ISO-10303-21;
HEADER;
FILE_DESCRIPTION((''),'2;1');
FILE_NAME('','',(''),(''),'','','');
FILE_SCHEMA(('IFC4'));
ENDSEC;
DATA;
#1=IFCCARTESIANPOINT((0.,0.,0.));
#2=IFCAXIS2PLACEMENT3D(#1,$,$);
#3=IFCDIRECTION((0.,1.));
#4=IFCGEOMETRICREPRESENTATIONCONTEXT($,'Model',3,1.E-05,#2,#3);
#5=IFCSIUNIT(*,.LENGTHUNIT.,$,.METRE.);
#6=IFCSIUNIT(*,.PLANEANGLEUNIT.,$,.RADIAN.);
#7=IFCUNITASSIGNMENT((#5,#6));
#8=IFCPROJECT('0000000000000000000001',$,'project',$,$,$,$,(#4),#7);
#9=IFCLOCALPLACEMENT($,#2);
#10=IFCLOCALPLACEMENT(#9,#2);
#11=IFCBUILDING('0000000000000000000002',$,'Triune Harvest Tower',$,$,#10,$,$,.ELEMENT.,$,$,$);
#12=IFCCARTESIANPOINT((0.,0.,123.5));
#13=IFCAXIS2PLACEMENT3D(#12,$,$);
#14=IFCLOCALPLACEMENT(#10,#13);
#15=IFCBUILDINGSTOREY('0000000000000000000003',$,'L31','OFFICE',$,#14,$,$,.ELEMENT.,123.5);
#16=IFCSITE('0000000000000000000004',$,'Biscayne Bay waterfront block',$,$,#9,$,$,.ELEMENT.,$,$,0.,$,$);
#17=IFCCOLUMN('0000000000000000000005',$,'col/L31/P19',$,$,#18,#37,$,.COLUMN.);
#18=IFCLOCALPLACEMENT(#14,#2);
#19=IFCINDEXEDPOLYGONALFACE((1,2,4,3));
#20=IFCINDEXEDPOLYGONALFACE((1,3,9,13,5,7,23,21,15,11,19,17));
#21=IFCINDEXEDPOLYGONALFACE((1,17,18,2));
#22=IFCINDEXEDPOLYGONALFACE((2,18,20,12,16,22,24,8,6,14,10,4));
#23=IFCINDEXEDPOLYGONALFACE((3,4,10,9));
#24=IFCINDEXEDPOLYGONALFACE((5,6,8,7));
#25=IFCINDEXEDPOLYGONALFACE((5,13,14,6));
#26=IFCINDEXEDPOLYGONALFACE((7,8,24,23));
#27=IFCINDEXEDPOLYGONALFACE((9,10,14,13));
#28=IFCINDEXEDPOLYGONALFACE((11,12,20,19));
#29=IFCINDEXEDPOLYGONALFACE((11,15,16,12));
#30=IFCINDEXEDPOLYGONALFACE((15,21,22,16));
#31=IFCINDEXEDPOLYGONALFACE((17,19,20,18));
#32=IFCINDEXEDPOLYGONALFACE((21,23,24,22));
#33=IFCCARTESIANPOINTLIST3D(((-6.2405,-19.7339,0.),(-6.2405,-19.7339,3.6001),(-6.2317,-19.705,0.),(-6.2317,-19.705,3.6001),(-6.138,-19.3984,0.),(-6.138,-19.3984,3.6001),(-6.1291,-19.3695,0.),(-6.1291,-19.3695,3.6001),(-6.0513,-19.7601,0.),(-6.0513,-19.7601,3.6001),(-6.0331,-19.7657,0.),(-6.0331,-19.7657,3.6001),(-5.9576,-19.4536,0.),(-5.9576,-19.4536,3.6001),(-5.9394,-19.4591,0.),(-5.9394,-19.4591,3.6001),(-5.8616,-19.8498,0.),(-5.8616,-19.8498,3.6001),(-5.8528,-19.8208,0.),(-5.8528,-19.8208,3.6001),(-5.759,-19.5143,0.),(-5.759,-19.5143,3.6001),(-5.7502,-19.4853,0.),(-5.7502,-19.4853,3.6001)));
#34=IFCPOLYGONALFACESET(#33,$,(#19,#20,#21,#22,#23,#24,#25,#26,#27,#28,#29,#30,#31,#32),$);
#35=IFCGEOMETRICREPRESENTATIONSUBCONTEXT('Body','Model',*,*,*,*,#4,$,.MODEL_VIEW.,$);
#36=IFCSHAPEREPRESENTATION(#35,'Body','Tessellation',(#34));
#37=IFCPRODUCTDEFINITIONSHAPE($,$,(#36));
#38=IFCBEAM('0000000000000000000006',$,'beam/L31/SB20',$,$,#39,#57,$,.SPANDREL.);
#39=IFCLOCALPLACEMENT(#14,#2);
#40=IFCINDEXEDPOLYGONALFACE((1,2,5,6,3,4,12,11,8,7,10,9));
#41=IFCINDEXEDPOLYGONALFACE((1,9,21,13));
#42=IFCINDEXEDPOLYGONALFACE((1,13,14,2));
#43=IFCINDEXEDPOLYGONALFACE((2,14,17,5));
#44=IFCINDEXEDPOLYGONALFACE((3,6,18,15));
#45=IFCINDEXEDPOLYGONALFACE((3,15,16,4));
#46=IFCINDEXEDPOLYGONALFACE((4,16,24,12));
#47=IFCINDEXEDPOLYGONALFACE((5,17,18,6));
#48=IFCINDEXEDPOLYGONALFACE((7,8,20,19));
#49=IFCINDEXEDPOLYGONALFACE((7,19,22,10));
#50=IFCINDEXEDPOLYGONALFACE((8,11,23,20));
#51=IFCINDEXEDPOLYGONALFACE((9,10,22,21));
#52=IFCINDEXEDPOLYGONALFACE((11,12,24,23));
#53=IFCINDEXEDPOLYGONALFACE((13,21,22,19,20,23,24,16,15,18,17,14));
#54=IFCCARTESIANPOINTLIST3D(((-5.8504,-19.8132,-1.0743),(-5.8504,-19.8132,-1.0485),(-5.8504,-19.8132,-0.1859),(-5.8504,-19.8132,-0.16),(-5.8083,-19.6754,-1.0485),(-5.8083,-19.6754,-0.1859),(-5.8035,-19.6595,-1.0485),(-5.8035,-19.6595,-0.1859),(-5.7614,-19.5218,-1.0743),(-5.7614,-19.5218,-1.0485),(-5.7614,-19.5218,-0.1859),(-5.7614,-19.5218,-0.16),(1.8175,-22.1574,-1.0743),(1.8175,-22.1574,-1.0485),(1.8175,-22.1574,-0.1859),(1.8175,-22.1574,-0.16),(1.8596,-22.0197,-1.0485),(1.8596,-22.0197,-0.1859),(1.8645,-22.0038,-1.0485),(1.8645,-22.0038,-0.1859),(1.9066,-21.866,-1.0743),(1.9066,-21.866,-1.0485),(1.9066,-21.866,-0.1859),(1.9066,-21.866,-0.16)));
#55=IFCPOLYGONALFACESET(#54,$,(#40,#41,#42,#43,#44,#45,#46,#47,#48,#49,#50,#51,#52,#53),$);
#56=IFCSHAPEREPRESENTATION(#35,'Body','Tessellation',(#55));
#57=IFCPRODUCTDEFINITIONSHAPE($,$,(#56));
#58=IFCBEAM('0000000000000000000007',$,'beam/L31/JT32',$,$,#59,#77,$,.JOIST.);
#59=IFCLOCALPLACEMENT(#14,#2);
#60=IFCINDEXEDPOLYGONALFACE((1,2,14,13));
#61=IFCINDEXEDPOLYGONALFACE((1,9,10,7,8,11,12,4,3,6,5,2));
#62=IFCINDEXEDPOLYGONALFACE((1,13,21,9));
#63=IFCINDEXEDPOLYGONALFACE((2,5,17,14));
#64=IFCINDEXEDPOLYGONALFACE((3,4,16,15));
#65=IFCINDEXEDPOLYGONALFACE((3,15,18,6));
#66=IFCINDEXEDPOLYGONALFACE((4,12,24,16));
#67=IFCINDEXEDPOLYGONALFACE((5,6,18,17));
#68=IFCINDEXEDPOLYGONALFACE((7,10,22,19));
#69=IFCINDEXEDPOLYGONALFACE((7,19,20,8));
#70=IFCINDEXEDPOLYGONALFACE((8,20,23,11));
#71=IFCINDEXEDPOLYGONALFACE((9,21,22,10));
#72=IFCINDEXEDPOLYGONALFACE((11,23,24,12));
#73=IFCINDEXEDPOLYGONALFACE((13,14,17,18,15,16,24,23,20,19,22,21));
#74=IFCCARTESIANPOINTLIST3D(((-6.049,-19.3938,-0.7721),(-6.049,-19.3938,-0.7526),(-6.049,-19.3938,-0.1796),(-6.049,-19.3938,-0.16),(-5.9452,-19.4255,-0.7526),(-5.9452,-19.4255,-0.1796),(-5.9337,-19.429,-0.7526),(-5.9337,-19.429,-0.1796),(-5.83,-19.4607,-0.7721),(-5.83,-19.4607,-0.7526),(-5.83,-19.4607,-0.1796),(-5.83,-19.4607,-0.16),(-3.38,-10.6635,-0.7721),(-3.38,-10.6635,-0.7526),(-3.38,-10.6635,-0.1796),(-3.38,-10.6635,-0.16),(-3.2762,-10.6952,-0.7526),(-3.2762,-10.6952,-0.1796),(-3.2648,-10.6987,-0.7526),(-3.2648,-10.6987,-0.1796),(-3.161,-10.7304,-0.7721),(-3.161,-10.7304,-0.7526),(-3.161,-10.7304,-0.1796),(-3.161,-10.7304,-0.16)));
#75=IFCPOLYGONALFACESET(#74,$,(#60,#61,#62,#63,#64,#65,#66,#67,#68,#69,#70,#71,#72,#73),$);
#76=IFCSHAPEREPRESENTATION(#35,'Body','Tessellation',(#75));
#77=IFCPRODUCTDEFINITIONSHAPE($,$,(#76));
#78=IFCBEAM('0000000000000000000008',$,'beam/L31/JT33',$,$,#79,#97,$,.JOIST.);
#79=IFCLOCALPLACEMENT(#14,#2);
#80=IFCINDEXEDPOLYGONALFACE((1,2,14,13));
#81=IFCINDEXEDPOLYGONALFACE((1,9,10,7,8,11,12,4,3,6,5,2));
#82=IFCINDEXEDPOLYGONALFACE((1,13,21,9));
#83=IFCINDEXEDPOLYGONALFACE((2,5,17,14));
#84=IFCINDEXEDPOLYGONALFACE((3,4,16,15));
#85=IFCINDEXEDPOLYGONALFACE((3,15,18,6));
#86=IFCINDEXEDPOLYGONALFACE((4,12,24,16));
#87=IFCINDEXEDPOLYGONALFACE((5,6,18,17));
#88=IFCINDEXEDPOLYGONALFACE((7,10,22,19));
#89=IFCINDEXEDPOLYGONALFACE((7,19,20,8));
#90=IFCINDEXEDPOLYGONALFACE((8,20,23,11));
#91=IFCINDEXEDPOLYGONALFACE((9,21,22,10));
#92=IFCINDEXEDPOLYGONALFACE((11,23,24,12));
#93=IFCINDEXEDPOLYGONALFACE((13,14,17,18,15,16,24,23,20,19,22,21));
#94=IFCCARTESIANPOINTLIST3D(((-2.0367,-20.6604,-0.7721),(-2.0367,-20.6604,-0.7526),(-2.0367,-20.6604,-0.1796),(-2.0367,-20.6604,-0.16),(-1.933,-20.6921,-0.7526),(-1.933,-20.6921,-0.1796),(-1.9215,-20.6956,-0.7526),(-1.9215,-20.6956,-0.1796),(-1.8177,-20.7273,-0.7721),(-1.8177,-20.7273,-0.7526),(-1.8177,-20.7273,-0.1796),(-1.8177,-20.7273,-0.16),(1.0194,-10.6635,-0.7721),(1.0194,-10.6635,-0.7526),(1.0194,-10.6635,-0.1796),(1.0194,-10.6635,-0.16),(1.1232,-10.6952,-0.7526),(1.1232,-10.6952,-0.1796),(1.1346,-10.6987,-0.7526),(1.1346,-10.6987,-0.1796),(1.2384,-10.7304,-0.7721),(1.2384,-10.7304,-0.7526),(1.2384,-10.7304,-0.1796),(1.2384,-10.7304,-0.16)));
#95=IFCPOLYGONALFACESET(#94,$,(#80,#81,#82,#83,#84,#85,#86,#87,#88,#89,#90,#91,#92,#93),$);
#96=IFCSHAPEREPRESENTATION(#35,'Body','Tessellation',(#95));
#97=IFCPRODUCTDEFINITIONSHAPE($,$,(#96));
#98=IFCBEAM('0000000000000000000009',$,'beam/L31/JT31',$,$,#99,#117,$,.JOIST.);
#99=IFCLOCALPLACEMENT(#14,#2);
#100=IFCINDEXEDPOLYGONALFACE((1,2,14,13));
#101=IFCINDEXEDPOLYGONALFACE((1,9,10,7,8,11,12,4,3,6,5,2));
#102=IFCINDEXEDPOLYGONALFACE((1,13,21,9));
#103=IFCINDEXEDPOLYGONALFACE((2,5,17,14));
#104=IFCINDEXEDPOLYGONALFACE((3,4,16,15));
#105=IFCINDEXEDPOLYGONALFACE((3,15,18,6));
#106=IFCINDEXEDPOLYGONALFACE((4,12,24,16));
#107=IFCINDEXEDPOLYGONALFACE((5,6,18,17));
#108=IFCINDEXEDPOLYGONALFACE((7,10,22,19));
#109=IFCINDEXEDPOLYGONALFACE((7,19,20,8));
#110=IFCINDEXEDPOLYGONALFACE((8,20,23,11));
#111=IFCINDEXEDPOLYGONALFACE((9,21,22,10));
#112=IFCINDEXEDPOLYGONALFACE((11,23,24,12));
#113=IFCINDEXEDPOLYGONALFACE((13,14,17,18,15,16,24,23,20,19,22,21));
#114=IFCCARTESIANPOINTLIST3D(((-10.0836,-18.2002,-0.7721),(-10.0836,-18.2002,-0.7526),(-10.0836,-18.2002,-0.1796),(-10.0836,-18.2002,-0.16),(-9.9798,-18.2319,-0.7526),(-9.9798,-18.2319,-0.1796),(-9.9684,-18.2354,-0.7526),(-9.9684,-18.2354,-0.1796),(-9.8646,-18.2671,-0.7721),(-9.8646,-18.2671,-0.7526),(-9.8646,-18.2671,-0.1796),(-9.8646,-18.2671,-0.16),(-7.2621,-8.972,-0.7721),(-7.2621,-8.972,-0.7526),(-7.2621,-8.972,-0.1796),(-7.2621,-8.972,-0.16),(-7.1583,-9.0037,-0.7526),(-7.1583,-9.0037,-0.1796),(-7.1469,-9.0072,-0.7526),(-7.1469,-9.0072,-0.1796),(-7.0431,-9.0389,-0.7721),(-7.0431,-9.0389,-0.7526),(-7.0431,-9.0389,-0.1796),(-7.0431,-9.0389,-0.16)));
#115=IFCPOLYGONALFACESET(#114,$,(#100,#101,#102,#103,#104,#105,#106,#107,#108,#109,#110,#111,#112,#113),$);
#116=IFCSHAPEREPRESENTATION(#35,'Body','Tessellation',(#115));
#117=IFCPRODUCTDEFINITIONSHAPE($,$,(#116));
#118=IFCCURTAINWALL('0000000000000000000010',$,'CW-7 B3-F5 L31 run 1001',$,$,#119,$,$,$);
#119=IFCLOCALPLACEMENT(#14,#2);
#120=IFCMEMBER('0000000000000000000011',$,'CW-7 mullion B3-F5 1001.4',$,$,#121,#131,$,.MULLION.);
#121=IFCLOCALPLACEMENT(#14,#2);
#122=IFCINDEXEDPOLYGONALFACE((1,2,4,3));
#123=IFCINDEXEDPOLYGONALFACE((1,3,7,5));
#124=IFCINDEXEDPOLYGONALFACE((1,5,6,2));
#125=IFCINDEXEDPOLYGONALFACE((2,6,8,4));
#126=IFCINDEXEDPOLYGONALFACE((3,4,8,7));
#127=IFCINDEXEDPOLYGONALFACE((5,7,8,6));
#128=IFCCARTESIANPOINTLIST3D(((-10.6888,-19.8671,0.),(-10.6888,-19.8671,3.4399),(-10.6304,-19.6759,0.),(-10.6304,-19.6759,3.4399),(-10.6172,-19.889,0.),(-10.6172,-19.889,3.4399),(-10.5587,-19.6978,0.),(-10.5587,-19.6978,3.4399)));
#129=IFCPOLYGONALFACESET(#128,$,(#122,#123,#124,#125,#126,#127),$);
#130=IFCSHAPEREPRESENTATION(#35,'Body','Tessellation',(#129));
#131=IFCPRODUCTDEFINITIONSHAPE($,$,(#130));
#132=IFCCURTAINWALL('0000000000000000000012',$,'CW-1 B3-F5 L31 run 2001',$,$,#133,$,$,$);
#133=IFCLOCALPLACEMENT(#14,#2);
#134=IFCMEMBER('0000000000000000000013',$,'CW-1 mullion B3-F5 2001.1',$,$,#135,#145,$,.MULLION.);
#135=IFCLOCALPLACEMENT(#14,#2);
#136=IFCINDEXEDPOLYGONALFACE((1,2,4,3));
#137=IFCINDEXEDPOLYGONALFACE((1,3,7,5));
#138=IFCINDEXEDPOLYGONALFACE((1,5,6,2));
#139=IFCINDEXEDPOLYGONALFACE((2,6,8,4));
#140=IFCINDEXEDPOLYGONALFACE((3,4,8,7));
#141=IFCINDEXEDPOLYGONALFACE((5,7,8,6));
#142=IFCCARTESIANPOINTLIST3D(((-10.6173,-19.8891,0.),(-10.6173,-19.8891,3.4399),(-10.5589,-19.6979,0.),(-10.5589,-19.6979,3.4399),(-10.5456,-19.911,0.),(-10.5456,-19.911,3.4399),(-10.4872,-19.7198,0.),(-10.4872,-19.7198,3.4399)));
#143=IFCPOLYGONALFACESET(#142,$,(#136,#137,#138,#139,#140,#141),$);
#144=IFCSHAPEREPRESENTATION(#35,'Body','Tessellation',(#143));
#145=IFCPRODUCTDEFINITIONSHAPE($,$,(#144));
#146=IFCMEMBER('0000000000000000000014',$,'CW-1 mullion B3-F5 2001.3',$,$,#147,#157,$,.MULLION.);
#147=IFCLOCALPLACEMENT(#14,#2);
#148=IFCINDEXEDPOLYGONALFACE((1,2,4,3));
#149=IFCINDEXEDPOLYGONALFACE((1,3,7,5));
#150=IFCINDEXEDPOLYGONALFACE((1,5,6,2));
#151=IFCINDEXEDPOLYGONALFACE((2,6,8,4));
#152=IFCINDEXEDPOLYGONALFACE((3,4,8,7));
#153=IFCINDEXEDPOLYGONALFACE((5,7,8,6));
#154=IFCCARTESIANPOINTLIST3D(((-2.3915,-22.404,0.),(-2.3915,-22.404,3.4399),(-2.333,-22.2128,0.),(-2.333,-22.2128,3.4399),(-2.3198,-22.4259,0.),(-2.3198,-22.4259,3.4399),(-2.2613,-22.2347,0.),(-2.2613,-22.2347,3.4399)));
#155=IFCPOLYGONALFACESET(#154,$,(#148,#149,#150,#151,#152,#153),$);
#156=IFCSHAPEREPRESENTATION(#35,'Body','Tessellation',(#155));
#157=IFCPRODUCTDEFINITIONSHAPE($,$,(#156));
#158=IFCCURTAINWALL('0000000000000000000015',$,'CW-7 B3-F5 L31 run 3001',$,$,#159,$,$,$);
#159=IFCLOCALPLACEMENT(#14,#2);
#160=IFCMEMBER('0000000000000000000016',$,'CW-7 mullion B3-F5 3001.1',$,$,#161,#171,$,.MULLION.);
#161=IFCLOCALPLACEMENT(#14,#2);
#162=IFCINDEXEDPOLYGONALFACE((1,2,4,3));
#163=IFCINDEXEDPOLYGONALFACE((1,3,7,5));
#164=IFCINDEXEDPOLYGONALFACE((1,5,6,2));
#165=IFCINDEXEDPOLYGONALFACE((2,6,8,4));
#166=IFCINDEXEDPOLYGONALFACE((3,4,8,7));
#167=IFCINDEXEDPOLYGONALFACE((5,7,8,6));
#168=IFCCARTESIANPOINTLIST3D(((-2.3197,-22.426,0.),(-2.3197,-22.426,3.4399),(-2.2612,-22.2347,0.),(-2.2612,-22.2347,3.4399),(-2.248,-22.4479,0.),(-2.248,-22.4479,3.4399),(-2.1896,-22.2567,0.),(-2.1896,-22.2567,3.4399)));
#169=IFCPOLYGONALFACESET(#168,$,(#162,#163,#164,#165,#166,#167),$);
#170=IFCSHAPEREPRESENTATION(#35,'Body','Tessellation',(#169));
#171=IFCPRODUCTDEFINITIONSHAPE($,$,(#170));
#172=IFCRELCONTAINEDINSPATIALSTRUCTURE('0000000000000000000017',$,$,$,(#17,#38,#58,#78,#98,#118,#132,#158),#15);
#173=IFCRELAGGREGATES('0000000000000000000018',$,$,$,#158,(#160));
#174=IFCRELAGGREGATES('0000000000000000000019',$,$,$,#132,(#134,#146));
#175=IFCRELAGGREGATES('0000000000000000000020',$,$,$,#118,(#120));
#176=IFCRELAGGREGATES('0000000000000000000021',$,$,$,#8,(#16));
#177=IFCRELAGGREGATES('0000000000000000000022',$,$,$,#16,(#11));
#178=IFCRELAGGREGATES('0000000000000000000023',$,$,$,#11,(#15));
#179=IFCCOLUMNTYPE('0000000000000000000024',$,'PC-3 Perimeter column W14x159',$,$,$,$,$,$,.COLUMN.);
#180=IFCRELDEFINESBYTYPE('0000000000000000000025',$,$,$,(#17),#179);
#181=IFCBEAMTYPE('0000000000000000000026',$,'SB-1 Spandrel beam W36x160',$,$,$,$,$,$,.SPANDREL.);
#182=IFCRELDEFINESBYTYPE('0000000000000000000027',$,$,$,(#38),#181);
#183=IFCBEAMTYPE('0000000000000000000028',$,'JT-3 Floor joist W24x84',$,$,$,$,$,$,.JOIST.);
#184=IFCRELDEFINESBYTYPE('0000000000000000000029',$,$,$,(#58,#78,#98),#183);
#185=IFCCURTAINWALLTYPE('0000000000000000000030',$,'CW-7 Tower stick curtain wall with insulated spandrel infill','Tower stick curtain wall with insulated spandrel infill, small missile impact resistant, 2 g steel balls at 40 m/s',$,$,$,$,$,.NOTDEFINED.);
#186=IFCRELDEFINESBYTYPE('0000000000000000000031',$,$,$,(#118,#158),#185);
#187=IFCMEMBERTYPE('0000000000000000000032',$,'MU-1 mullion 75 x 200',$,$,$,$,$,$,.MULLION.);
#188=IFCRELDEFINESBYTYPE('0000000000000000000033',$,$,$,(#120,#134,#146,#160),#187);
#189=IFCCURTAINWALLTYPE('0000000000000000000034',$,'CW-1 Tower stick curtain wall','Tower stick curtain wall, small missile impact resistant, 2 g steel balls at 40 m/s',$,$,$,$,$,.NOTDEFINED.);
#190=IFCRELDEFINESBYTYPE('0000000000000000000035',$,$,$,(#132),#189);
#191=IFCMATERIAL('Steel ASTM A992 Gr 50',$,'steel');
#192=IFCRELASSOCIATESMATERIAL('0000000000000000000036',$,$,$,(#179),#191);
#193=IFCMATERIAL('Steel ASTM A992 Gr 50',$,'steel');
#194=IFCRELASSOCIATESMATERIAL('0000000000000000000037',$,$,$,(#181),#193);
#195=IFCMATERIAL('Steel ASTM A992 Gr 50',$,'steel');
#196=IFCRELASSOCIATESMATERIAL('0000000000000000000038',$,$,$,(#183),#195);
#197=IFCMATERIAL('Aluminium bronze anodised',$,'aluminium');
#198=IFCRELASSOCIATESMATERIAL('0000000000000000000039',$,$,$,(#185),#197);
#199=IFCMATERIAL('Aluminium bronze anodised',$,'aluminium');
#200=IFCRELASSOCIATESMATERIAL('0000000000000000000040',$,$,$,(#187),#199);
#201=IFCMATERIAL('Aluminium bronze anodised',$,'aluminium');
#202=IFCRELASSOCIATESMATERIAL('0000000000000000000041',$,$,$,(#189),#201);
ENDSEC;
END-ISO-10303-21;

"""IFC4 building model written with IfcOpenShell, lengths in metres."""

from ifc_helpers import new_model, si_unit, direction, frame, origin, origin_2d, place, context, subcontext, project, spatial, rectangle, i_section, extrude, source, transform, mapped, material, material_profile, profile_set, type_object, element, aggregate, save


model = new_model("IFC4")

# Units and contexts
model_context = context("Model", 3, precision=1e-05, world=origin(), true_north=direction((0.0, 1.0)))
body_context = subcontext(model_context, "Body", "Model", "MODEL_VIEW")
ifc_project = project(units=[si_unit("LENGTHUNIT", "METRE"), si_unit("PLANEANGLEUNIT", "RADIAN")], contexts=[model_context])

# Site, building, storey
site_placement = place(None, origin())
site = spatial("IfcSite", under=ifc_project, at=site_placement, Name="Biscayne Bay waterfront block", CompositionType="ELEMENT", RefElevation=0.0)
building_placement = place(site_placement, origin())
building = spatial("IfcBuilding", under=site, at=building_placement, Name="Triune Harvest Tower", CompositionType="ELEMENT")
storey_placement = place(building_placement, frame((0.0, 0.0, 123.5)))
storey = spatial("IfcBuildingStorey", under=building, at=storey_placement, Name="L31", Description="OFFICE", CompositionType="ELEMENT", Elevation=123.5)

# Column
ifc_material_1 = material(Name="Steel ASTM A992 Gr 50", Category="steel")
ifc_material_profile_1 = material_profile(ifc_material_1, i_section(OverallWidth=0.3962, OverallDepth=0.3811, WebThickness=0.019, FlangeThickness=0.0303, at=origin_2d()), Name="W14x159")
ifc_profile_set_1 = profile_set([ifc_material_profile_1], Name="Steel ASTM A992 Gr 50")
column_type = type_object("IfcColumnType", Name="PC-3 Perimeter column W14x159", PredefinedType="COLUMN", material=ifc_profile_set_1)
shared_shape_1 = source(origin(), body_context, "Body", "SweptSolid", [
    extrude(i_section(OverallWidth=0.3962, OverallDepth=0.3811, WebThickness=0.019, FlangeThickness=0.0303, at=origin_2d()), origin(), (0.0, 0.0, 1.0), 3.6001),
])
column_placement = place(storey_placement, frame((-5.9954, -19.6096, 0.0), z_axis=(0.0, 0.0, 1.0), x_axis=(0.956305, -0.292372, 0.0)))
element("IfcColumn", 1, at=column_placement, inside=storey, type_object=column_type, Name="col/L31/P19", PredefinedType="COLUMN", context=body_context, shape_type="MappedRepresentation", body=[
    mapped(shared_shape_1, transform((0.0, 0.0, 0.0), scale=1.0)),
])

# Beams
ifc_material_2 = material(Name="Steel ASTM A992 Gr 50", Category="steel")
ifc_material_profile_2 = material_profile(ifc_material_2, i_section(OverallWidth=0.3047, OverallDepth=0.9143, WebThickness=0.0166, FlangeThickness=0.0259, at=origin_2d()), Name="W36x160")
ifc_profile_set_2 = profile_set([ifc_material_profile_2], Name="Steel ASTM A992 Gr 50")
beam_type_1 = type_object("IfcBeamType", Name="SB-1 Spandrel beam W36x160", PredefinedType="SPANDREL", material=ifc_profile_set_2)
shared_shape_2 = source(origin(), body_context, "Body", "SweptSolid", [
    extrude(i_section(OverallWidth=0.3047, OverallDepth=0.9143, WebThickness=0.0166, FlangeThickness=0.0259, at=origin_2d()), origin(), (0.0, 0.0, 1.0), 8.0183),
])
beam_1_placement = place(storey_placement, frame((-5.8059, -19.6675, -0.6172), z_axis=(0.956308, -0.292361, 0.0), x_axis=(0.292361, 0.956308, 0.0)))
element("IfcBeam", 2, at=beam_1_placement, inside=storey, type_object=beam_type_1, Name="beam/L31/SB20", PredefinedType="SPANDREL", context=body_context, shape_type="MappedRepresentation", body=[
    mapped(shared_shape_2, transform((0.0, 0.0, 0.0), scale=1.0)),
])
ifc_material_3 = material(Name="Steel ASTM A992 Gr 50", Category="steel")
ifc_material_profile_3 = material_profile(ifc_material_3, i_section(OverallWidth=0.229, OverallDepth=0.6121, WebThickness=0.012, FlangeThickness=0.0195, at=origin_2d()), Name="W24x84")
ifc_profile_set_3 = profile_set([ifc_material_profile_3], Name="Steel ASTM A992 Gr 50")
beam_type_2 = type_object("IfcBeamType", Name="JT-3 Floor joist W24x84", PredefinedType="JOIST", material=ifc_profile_set_3)
shared_shape_3 = source(origin(), body_context, "Body", "SweptSolid", [
    extrude(i_section(OverallWidth=0.229, OverallDepth=0.6121, WebThickness=0.012, FlangeThickness=0.0195, at=origin_2d()), origin(), (0.0, 0.0, 1.0), 9.1292),
])
beam_2_placement = place(storey_placement, frame((-5.9395, -19.4272, -0.4661), z_axis=(0.292356, 0.956309, 0.0), x_axis=(-0.956309, 0.292356, 0.0)))
element("IfcBeam", 3, at=beam_2_placement, inside=storey, type_object=beam_type_2, Name="beam/L31/JT32", PredefinedType="JOIST", context=body_context, shape_type="MappedRepresentation", body=[
    mapped(shared_shape_3, transform((0.0, 0.0, 0.0), scale=1.0)),
])
shared_shape_4 = source(origin(), body_context, "Body", "SweptSolid", [
    extrude(i_section(OverallWidth=0.229, OverallDepth=0.6121, WebThickness=0.012, FlangeThickness=0.0195, at=origin_2d()), origin(), (0.0, 0.0, 1.0), 10.4536),
])
beam_3_placement = place(storey_placement, frame((-1.9272, -20.6938, -0.4661), z_axis=(0.292356, 0.95631, 0.0), x_axis=(-0.95631, 0.292356, 0.0)))
element("IfcBeam", 4, at=beam_3_placement, inside=storey, type_object=beam_type_2, Name="beam/L31/JT33", PredefinedType="JOIST", context=body_context, shape_type="MappedRepresentation", body=[
    mapped(shared_shape_4, transform((0.0, 0.0, 0.0), scale=1.0)),
])
shared_shape_5 = source(origin(), body_context, "Body", "SweptSolid", [
    extrude(i_section(OverallWidth=0.229, OverallDepth=0.6121, WebThickness=0.012, FlangeThickness=0.0195, at=origin_2d()), origin(), (0.0, 0.0, 1.0), 9.6499),
])
beam_4_placement = place(storey_placement, frame((-9.9741, -18.2336, -0.4661), z_axis=(0.292388, 0.9563, 0.0), x_axis=(-0.9563, 0.292388, 0.0)))
element("IfcBeam", 5, at=beam_4_placement, inside=storey, type_object=beam_type_2, Name="beam/L31/JT31", PredefinedType="JOIST", context=body_context, shape_type="MappedRepresentation", body=[
    mapped(shared_shape_5, transform((0.0, 0.0, 0.0), scale=1.0)),
])

# Curtain wall, member
ifc_material_4 = material(Name="Aluminium bronze anodised", Category="aluminium")
curtain_wall_type_1 = type_object("IfcCurtainWallType", Name="CW-7 Tower stick curtain wall with insulated spandrel infill", Description="Tower stick curtain wall with insulated spandrel infill, small missile impact resistant, 2 g steel balls at 40 m/s", PredefinedType="NOTDEFINED", material=ifc_material_4)
curtain_wall_1_placement = place(storey_placement, origin())
curtain_wall_1 = element("IfcCurtainWall", 6, at=curtain_wall_1_placement, inside=storey, type_object=curtain_wall_type_1, Name="CW-7 B3-F5 L31 run 1001")
ifc_material_5 = material(Name="Aluminium bronze anodised", Category="aluminium")
ifc_material_profile_4 = material_profile(ifc_material_5, rectangle(XDim=0.2, YDim=0.075, at=origin_2d()), Name="MU-1 mullion 75 x 200")
ifc_profile_set_4 = profile_set([ifc_material_profile_4], Name="Aluminium bronze anodised")
member_type_1 = type_object("IfcMemberType", Name="MU-1 mullion 75 x 200", PredefinedType="MULLION", material=ifc_profile_set_4)
shared_shape_6 = source(origin(), body_context, "Body", "SweptSolid", [
    extrude(rectangle(XDim=0.2, YDim=0.075, at=origin_2d()), origin(), (0.0, 0.0, 1.0), 3.4399),
])
member_1_placement = place(storey_placement, frame((-10.6238, -19.7825, 0.0), z_axis=(0.0, 0.0, 1.0), x_axis=(0.292368, 0.956306, 0.0)))
member_1 = element("IfcMember", 7, at=member_1_placement, type_object=member_type_1, Name="CW-7 mullion B3-F5 1001.4", PredefinedType="MULLION", context=body_context, shape_type="MappedRepresentation", body=[
    mapped(shared_shape_6, transform((0.0, 0.0, 0.0), scale=1.0)),
])

# Curtain walls, members
ifc_material_6 = material(Name="Aluminium bronze anodised", Category="aluminium")
curtain_wall_type_2 = type_object("IfcCurtainWallType", Name="CW-1 Tower stick curtain wall", Description="Tower stick curtain wall, small missile impact resistant, 2 g steel balls at 40 m/s", PredefinedType="NOTDEFINED", material=ifc_material_6)
curtain_wall_2_placement = place(storey_placement, origin())
curtain_wall_2 = element("IfcCurtainWall", 8, at=curtain_wall_2_placement, inside=storey, type_object=curtain_wall_type_2, Name="CW-1 B3-F5 L31 run 2001")
member_2_placement = place(storey_placement, frame((-10.5522, -19.8044, 0.0), z_axis=(0.0, 0.0, 1.0), x_axis=(0.292382, 0.956302, 0.0)))
member_2 = element("IfcMember", 9, at=member_2_placement, type_object=member_type_1, Name="CW-1 mullion B3-F5 2001.1", PredefinedType="MULLION", context=body_context, shape_type="MappedRepresentation", body=[
    mapped(shared_shape_6, transform((0.0, 0.0, 0.0), scale=1.0)),
])
member_3_placement = place(storey_placement, frame((-2.3264, -22.3193, 0.0), z_axis=(0.0, 0.0, 1.0), x_axis=(0.292382, 0.956302, 0.0)))
member_3 = element("IfcMember", 10, at=member_3_placement, type_object=member_type_1, Name="CW-1 mullion B3-F5 2001.3", PredefinedType="MULLION", context=body_context, shape_type="MappedRepresentation", body=[
    mapped(shared_shape_6, transform((0.0, 0.0, 0.0), scale=1.0)),
])
curtain_wall_3_placement = place(storey_placement, origin())
curtain_wall_3 = element("IfcCurtainWall", 11, at=curtain_wall_3_placement, inside=storey, type_object=curtain_wall_type_1, Name="CW-7 B3-F5 L31 run 3001")
member_4_placement = place(storey_placement, frame((-2.2546, -22.3413, 0.0), z_axis=(0.0, 0.0, 1.0), x_axis=(0.292368, 0.956306, 0.0)))
member_4 = element("IfcMember", 12, at=member_4_placement, type_object=member_type_1, Name="CW-7 mullion B3-F5 3001.1", PredefinedType="MULLION", context=body_context, shape_type="MappedRepresentation", body=[
    mapped(shared_shape_6, transform((0.0, 0.0, 0.0), scale=1.0)),
])

aggregate(curtain_wall_3, [member_4])
aggregate(curtain_wall_2, [member_2, member_3])
aggregate(curtain_wall_1, [member_1])

save(model, "model.ifc")
